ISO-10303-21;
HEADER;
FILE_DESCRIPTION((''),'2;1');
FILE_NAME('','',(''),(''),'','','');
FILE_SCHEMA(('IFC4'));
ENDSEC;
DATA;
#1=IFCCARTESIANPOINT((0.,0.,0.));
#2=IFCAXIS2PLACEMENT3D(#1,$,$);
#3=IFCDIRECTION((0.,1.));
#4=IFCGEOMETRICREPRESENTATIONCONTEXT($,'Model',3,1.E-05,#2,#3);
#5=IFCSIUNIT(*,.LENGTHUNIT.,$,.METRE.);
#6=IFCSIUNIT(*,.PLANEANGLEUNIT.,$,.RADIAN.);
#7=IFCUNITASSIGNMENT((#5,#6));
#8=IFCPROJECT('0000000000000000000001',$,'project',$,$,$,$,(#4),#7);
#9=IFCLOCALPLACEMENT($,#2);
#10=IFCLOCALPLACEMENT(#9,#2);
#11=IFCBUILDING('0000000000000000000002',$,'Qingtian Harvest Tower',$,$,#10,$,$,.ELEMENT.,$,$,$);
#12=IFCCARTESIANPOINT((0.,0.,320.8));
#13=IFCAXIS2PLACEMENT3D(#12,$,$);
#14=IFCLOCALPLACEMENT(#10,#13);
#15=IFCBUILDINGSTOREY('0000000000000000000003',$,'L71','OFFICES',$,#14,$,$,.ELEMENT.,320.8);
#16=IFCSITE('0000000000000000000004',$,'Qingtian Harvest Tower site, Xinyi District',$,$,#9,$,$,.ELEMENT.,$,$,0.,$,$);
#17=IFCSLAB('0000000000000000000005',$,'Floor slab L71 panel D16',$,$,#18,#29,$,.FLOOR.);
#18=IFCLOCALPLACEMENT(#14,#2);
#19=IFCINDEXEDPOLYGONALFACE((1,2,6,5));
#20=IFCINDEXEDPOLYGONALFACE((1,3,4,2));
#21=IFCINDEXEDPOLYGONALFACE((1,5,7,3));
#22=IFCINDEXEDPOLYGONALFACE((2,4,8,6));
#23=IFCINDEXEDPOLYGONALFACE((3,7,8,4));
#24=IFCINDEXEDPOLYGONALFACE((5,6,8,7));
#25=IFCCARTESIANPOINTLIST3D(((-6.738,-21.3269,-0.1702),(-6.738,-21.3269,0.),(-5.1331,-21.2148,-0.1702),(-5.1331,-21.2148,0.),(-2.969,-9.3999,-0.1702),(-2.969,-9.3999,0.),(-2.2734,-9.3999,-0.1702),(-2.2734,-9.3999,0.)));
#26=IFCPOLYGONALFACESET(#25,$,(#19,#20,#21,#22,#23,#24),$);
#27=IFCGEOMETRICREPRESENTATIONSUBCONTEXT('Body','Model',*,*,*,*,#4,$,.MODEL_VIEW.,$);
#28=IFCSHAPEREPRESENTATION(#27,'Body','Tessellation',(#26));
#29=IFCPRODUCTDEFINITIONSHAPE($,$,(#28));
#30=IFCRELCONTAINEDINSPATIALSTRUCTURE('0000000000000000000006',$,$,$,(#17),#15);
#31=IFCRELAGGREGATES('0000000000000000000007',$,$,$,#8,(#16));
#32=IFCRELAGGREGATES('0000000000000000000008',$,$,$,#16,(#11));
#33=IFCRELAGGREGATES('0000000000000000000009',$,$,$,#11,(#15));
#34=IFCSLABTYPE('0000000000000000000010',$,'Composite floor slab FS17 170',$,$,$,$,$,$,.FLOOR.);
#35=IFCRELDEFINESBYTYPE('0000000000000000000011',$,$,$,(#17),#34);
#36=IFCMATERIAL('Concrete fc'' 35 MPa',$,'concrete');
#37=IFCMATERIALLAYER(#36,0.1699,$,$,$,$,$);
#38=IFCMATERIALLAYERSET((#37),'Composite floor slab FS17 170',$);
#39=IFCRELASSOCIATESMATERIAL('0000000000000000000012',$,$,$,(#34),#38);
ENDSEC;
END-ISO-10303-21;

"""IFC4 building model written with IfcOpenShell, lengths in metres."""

from ifc_helpers import new_model, si_unit, direction, frame, origin, place, context, subcontext, project, spatial, polyline, outline, extrude, material, layer, layer_set, type_object, element, save


model = new_model("IFC4")

# Units and contexts
model_context = context("Model", 3, precision=1e-05, world=origin(), true_north=direction((0.0, 1.0)))
body_context = subcontext(model_context, "Body", "Model", "MODEL_VIEW")
ifc_project = project(units=[si_unit("LENGTHUNIT", "METRE"), si_unit("PLANEANGLEUNIT", "RADIAN")], contexts=[model_context])

# Site, building, storey
site_placement = place(None, origin())
site = spatial("IfcSite", under=ifc_project, at=site_placement, Name="Qingtian Harvest Tower site, Xinyi District", CompositionType="ELEMENT", RefElevation=0.0)
building_placement = place(site_placement, origin())
building = spatial("IfcBuilding", under=site, at=building_placement, Name="Qingtian Harvest Tower", CompositionType="ELEMENT")
storey_placement = place(building_placement, frame((0.0, 0.0, 320.8)))
storey = spatial("IfcBuildingStorey", under=building, at=storey_placement, Name="L71", Description="OFFICES", CompositionType="ELEMENT", Elevation=320.8)

# Slab
ifc_material = material(Name="Concrete fc' 35 MPa", Category="concrete")
ifc_layer = layer(ifc_material, 0.1699)
ifc_layer_set = layer_set([ifc_layer], Name="Composite floor slab FS17 170")
slab_type = type_object("IfcSlabType", Name="Composite floor slab FS17 170", PredefinedType="FLOOR", material=ifc_layer_set)
slab_1_placement = place(storey_placement, frame((0.0, 0.0, -0.1702)))
element("IfcSlab", 1, at=slab_1_placement, inside=storey, type_object=slab_type, Name="Floor slab L71 panel D16", PredefinedType="FLOOR", context=body_context, shape_type="SweptSolid", body=[
    extrude(outline(polyline([(-2.2734, -9.3999), (-5.1331, -21.2148), (-6.738, -21.3269), (-2.969, -9.3999), (-2.2734, -9.3999)])), origin(), (0.0, 0.0, 1.0), 0.1702),
])

save(model, "model.ifc")
